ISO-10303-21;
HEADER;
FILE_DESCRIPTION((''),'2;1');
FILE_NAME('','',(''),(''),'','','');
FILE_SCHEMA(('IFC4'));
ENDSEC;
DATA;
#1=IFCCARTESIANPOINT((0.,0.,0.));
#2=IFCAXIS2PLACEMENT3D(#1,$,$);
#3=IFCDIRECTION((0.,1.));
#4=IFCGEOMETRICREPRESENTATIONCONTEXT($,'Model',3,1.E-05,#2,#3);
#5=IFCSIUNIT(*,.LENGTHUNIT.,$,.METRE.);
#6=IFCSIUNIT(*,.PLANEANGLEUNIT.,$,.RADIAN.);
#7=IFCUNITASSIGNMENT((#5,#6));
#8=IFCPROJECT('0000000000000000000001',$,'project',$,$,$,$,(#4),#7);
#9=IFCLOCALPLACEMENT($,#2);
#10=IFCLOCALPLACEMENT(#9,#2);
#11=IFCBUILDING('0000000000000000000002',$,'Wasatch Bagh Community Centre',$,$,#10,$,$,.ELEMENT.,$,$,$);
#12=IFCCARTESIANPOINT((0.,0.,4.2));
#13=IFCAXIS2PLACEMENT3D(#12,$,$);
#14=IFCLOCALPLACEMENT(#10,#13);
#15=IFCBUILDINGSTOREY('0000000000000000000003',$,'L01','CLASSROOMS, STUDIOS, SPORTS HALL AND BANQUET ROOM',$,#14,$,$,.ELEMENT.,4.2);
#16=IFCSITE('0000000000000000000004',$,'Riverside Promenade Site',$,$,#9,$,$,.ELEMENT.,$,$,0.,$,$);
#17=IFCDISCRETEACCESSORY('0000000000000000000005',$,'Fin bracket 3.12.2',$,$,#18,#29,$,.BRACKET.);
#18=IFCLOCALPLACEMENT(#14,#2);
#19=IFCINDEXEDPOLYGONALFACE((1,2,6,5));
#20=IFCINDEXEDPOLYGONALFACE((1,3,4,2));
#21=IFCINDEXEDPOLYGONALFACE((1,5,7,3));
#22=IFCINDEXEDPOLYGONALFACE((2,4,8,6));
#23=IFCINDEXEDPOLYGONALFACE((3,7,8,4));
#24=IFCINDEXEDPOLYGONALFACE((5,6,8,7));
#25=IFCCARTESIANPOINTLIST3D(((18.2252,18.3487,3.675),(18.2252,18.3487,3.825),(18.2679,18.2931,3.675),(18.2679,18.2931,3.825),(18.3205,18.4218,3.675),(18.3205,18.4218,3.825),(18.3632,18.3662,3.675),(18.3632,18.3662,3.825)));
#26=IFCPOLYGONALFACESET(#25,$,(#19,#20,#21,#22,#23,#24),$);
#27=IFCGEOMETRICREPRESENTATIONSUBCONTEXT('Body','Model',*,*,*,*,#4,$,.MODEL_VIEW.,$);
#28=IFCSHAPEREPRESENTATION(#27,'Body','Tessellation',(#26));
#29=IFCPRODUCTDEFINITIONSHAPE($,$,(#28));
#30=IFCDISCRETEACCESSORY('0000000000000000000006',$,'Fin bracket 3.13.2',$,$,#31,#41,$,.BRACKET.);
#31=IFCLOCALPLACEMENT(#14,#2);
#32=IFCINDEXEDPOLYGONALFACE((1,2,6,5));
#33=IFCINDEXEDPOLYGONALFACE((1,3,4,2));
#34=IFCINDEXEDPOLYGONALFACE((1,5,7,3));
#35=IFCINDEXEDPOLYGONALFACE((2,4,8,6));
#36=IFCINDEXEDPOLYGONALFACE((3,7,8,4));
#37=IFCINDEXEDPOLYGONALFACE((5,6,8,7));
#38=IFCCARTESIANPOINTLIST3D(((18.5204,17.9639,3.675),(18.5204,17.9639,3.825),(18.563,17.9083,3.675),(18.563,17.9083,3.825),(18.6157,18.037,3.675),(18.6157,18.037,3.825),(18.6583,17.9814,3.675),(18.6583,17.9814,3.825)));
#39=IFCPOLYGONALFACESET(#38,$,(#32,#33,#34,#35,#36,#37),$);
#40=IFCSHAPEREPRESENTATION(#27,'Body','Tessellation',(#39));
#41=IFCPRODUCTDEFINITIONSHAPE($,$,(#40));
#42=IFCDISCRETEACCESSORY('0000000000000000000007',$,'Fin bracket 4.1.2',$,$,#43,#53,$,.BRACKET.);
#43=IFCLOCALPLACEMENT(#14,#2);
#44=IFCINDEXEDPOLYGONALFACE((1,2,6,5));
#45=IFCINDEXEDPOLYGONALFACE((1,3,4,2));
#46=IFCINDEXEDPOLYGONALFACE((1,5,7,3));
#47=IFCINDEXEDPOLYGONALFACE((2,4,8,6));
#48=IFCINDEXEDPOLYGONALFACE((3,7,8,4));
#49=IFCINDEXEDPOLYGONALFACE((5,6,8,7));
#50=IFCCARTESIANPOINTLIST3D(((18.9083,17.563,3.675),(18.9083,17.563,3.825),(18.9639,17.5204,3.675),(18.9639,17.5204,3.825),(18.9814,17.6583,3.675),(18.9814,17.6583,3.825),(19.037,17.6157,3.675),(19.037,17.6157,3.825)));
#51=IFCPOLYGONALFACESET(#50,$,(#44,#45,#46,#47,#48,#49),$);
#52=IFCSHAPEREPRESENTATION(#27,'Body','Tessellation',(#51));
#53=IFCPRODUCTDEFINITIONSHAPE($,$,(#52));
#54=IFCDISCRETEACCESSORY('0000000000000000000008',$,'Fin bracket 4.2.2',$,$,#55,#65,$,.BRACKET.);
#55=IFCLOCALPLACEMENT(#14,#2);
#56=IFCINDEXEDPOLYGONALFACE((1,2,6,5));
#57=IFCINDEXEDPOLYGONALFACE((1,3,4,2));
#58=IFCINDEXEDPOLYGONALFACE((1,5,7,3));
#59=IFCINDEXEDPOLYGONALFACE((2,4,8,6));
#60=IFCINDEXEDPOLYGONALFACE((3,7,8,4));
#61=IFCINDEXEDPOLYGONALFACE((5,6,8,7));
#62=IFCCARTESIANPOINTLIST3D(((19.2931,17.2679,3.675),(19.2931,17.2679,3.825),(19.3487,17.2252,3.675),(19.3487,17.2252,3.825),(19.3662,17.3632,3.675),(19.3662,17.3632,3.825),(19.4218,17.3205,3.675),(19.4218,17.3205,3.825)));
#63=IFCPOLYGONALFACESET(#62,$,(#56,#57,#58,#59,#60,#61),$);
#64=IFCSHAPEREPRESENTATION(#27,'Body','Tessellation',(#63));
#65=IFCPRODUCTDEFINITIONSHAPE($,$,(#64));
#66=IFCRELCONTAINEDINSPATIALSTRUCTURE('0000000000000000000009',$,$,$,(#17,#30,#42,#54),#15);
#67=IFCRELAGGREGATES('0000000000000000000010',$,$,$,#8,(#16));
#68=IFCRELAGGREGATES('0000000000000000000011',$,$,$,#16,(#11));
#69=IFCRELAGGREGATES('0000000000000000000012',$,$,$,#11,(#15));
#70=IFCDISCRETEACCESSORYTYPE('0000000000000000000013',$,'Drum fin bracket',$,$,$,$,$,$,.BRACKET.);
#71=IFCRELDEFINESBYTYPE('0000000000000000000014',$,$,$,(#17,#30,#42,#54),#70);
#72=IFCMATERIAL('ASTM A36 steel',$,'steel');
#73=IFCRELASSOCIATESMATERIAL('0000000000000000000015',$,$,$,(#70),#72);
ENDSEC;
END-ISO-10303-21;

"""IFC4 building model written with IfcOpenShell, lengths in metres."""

from ifc_helpers import new_model, si_unit, direction, frame, origin, origin_2d, place, context, subcontext, project, spatial, rectangle, extrude, material, type_object, element, save


model = new_model("IFC4")

# Units and contexts
model_context = context("Model", 3, precision=1e-05, world=origin(), true_north=direction((0.0, 1.0)))
body_context = subcontext(model_context, "Body", "Model", "MODEL_VIEW")
ifc_project = project(units=[si_unit("LENGTHUNIT", "METRE"), si_unit("PLANEANGLEUNIT", "RADIAN")], contexts=[model_context])

# Site, building, storey
site_placement = place(None, origin())
site = spatial("IfcSite", under=ifc_project, at=site_placement, Name="Riverside Promenade Site", CompositionType="ELEMENT", RefElevation=0.0)
building_placement = place(site_placement, origin())
building = spatial("IfcBuilding", under=site, at=building_placement, Name="Wasatch Bagh Community Centre", CompositionType="ELEMENT")
storey_placement = place(building_placement, frame((0.0, 0.0, 4.2)))
storey = spatial("IfcBuildingStorey", under=building, at=storey_placement, Name="L01", Description="CLASSROOMS, STUDIOS, SPORTS HALL AND BANQUET ROOM", CompositionType="ELEMENT", Elevation=4.2)

# Discrete accessories
ifc_material_1 = material(Name="ASTM A36 steel", Category="steel")
discrete_accessory_type = type_object("IfcDiscreteAccessoryType", Name="Drum fin bracket", PredefinedType="BRACKET", material=ifc_material_1)
for number, where, z_axis, x_axis, name in (
    (1, (18.2942, 18.3574, 3.675), (0.0, 0.0, 1.0), (0.608761, -0.793353, 0.0), "Fin bracket 3.12.2"),
    (2, (18.5894, 17.9727, 3.675), (0.0, 0.0, 1.0), (0.608761, -0.793353, 0.0), "Fin bracket 3.13.2"),
    (3, (18.9727, 17.5894, 3.675), (0.0, 0.0, 1.0), (0.793353, -0.608761, 0.0), "Fin bracket 4.1.2"),
    (4, (19.3574, 17.2942, 3.675), (0.0, 0.0, 1.0), (0.793353, -0.608761, 0.0), "Fin bracket 4.2.2"),
):
    element("IfcDiscreteAccessory", number, at=place(storey_placement, frame(where, z_axis=z_axis, x_axis=x_axis)), inside=storey, type_object=discrete_accessory_type, Name=name, PredefinedType="BRACKET", context=body_context, shape_type="SweptSolid", body=[
        extrude(rectangle(XDim=0.0701, YDim=0.1201, at=origin_2d()), origin(), (0.0, 0.0, 1.0), 0.1499),
    ])

save(model, "model.ifc")
